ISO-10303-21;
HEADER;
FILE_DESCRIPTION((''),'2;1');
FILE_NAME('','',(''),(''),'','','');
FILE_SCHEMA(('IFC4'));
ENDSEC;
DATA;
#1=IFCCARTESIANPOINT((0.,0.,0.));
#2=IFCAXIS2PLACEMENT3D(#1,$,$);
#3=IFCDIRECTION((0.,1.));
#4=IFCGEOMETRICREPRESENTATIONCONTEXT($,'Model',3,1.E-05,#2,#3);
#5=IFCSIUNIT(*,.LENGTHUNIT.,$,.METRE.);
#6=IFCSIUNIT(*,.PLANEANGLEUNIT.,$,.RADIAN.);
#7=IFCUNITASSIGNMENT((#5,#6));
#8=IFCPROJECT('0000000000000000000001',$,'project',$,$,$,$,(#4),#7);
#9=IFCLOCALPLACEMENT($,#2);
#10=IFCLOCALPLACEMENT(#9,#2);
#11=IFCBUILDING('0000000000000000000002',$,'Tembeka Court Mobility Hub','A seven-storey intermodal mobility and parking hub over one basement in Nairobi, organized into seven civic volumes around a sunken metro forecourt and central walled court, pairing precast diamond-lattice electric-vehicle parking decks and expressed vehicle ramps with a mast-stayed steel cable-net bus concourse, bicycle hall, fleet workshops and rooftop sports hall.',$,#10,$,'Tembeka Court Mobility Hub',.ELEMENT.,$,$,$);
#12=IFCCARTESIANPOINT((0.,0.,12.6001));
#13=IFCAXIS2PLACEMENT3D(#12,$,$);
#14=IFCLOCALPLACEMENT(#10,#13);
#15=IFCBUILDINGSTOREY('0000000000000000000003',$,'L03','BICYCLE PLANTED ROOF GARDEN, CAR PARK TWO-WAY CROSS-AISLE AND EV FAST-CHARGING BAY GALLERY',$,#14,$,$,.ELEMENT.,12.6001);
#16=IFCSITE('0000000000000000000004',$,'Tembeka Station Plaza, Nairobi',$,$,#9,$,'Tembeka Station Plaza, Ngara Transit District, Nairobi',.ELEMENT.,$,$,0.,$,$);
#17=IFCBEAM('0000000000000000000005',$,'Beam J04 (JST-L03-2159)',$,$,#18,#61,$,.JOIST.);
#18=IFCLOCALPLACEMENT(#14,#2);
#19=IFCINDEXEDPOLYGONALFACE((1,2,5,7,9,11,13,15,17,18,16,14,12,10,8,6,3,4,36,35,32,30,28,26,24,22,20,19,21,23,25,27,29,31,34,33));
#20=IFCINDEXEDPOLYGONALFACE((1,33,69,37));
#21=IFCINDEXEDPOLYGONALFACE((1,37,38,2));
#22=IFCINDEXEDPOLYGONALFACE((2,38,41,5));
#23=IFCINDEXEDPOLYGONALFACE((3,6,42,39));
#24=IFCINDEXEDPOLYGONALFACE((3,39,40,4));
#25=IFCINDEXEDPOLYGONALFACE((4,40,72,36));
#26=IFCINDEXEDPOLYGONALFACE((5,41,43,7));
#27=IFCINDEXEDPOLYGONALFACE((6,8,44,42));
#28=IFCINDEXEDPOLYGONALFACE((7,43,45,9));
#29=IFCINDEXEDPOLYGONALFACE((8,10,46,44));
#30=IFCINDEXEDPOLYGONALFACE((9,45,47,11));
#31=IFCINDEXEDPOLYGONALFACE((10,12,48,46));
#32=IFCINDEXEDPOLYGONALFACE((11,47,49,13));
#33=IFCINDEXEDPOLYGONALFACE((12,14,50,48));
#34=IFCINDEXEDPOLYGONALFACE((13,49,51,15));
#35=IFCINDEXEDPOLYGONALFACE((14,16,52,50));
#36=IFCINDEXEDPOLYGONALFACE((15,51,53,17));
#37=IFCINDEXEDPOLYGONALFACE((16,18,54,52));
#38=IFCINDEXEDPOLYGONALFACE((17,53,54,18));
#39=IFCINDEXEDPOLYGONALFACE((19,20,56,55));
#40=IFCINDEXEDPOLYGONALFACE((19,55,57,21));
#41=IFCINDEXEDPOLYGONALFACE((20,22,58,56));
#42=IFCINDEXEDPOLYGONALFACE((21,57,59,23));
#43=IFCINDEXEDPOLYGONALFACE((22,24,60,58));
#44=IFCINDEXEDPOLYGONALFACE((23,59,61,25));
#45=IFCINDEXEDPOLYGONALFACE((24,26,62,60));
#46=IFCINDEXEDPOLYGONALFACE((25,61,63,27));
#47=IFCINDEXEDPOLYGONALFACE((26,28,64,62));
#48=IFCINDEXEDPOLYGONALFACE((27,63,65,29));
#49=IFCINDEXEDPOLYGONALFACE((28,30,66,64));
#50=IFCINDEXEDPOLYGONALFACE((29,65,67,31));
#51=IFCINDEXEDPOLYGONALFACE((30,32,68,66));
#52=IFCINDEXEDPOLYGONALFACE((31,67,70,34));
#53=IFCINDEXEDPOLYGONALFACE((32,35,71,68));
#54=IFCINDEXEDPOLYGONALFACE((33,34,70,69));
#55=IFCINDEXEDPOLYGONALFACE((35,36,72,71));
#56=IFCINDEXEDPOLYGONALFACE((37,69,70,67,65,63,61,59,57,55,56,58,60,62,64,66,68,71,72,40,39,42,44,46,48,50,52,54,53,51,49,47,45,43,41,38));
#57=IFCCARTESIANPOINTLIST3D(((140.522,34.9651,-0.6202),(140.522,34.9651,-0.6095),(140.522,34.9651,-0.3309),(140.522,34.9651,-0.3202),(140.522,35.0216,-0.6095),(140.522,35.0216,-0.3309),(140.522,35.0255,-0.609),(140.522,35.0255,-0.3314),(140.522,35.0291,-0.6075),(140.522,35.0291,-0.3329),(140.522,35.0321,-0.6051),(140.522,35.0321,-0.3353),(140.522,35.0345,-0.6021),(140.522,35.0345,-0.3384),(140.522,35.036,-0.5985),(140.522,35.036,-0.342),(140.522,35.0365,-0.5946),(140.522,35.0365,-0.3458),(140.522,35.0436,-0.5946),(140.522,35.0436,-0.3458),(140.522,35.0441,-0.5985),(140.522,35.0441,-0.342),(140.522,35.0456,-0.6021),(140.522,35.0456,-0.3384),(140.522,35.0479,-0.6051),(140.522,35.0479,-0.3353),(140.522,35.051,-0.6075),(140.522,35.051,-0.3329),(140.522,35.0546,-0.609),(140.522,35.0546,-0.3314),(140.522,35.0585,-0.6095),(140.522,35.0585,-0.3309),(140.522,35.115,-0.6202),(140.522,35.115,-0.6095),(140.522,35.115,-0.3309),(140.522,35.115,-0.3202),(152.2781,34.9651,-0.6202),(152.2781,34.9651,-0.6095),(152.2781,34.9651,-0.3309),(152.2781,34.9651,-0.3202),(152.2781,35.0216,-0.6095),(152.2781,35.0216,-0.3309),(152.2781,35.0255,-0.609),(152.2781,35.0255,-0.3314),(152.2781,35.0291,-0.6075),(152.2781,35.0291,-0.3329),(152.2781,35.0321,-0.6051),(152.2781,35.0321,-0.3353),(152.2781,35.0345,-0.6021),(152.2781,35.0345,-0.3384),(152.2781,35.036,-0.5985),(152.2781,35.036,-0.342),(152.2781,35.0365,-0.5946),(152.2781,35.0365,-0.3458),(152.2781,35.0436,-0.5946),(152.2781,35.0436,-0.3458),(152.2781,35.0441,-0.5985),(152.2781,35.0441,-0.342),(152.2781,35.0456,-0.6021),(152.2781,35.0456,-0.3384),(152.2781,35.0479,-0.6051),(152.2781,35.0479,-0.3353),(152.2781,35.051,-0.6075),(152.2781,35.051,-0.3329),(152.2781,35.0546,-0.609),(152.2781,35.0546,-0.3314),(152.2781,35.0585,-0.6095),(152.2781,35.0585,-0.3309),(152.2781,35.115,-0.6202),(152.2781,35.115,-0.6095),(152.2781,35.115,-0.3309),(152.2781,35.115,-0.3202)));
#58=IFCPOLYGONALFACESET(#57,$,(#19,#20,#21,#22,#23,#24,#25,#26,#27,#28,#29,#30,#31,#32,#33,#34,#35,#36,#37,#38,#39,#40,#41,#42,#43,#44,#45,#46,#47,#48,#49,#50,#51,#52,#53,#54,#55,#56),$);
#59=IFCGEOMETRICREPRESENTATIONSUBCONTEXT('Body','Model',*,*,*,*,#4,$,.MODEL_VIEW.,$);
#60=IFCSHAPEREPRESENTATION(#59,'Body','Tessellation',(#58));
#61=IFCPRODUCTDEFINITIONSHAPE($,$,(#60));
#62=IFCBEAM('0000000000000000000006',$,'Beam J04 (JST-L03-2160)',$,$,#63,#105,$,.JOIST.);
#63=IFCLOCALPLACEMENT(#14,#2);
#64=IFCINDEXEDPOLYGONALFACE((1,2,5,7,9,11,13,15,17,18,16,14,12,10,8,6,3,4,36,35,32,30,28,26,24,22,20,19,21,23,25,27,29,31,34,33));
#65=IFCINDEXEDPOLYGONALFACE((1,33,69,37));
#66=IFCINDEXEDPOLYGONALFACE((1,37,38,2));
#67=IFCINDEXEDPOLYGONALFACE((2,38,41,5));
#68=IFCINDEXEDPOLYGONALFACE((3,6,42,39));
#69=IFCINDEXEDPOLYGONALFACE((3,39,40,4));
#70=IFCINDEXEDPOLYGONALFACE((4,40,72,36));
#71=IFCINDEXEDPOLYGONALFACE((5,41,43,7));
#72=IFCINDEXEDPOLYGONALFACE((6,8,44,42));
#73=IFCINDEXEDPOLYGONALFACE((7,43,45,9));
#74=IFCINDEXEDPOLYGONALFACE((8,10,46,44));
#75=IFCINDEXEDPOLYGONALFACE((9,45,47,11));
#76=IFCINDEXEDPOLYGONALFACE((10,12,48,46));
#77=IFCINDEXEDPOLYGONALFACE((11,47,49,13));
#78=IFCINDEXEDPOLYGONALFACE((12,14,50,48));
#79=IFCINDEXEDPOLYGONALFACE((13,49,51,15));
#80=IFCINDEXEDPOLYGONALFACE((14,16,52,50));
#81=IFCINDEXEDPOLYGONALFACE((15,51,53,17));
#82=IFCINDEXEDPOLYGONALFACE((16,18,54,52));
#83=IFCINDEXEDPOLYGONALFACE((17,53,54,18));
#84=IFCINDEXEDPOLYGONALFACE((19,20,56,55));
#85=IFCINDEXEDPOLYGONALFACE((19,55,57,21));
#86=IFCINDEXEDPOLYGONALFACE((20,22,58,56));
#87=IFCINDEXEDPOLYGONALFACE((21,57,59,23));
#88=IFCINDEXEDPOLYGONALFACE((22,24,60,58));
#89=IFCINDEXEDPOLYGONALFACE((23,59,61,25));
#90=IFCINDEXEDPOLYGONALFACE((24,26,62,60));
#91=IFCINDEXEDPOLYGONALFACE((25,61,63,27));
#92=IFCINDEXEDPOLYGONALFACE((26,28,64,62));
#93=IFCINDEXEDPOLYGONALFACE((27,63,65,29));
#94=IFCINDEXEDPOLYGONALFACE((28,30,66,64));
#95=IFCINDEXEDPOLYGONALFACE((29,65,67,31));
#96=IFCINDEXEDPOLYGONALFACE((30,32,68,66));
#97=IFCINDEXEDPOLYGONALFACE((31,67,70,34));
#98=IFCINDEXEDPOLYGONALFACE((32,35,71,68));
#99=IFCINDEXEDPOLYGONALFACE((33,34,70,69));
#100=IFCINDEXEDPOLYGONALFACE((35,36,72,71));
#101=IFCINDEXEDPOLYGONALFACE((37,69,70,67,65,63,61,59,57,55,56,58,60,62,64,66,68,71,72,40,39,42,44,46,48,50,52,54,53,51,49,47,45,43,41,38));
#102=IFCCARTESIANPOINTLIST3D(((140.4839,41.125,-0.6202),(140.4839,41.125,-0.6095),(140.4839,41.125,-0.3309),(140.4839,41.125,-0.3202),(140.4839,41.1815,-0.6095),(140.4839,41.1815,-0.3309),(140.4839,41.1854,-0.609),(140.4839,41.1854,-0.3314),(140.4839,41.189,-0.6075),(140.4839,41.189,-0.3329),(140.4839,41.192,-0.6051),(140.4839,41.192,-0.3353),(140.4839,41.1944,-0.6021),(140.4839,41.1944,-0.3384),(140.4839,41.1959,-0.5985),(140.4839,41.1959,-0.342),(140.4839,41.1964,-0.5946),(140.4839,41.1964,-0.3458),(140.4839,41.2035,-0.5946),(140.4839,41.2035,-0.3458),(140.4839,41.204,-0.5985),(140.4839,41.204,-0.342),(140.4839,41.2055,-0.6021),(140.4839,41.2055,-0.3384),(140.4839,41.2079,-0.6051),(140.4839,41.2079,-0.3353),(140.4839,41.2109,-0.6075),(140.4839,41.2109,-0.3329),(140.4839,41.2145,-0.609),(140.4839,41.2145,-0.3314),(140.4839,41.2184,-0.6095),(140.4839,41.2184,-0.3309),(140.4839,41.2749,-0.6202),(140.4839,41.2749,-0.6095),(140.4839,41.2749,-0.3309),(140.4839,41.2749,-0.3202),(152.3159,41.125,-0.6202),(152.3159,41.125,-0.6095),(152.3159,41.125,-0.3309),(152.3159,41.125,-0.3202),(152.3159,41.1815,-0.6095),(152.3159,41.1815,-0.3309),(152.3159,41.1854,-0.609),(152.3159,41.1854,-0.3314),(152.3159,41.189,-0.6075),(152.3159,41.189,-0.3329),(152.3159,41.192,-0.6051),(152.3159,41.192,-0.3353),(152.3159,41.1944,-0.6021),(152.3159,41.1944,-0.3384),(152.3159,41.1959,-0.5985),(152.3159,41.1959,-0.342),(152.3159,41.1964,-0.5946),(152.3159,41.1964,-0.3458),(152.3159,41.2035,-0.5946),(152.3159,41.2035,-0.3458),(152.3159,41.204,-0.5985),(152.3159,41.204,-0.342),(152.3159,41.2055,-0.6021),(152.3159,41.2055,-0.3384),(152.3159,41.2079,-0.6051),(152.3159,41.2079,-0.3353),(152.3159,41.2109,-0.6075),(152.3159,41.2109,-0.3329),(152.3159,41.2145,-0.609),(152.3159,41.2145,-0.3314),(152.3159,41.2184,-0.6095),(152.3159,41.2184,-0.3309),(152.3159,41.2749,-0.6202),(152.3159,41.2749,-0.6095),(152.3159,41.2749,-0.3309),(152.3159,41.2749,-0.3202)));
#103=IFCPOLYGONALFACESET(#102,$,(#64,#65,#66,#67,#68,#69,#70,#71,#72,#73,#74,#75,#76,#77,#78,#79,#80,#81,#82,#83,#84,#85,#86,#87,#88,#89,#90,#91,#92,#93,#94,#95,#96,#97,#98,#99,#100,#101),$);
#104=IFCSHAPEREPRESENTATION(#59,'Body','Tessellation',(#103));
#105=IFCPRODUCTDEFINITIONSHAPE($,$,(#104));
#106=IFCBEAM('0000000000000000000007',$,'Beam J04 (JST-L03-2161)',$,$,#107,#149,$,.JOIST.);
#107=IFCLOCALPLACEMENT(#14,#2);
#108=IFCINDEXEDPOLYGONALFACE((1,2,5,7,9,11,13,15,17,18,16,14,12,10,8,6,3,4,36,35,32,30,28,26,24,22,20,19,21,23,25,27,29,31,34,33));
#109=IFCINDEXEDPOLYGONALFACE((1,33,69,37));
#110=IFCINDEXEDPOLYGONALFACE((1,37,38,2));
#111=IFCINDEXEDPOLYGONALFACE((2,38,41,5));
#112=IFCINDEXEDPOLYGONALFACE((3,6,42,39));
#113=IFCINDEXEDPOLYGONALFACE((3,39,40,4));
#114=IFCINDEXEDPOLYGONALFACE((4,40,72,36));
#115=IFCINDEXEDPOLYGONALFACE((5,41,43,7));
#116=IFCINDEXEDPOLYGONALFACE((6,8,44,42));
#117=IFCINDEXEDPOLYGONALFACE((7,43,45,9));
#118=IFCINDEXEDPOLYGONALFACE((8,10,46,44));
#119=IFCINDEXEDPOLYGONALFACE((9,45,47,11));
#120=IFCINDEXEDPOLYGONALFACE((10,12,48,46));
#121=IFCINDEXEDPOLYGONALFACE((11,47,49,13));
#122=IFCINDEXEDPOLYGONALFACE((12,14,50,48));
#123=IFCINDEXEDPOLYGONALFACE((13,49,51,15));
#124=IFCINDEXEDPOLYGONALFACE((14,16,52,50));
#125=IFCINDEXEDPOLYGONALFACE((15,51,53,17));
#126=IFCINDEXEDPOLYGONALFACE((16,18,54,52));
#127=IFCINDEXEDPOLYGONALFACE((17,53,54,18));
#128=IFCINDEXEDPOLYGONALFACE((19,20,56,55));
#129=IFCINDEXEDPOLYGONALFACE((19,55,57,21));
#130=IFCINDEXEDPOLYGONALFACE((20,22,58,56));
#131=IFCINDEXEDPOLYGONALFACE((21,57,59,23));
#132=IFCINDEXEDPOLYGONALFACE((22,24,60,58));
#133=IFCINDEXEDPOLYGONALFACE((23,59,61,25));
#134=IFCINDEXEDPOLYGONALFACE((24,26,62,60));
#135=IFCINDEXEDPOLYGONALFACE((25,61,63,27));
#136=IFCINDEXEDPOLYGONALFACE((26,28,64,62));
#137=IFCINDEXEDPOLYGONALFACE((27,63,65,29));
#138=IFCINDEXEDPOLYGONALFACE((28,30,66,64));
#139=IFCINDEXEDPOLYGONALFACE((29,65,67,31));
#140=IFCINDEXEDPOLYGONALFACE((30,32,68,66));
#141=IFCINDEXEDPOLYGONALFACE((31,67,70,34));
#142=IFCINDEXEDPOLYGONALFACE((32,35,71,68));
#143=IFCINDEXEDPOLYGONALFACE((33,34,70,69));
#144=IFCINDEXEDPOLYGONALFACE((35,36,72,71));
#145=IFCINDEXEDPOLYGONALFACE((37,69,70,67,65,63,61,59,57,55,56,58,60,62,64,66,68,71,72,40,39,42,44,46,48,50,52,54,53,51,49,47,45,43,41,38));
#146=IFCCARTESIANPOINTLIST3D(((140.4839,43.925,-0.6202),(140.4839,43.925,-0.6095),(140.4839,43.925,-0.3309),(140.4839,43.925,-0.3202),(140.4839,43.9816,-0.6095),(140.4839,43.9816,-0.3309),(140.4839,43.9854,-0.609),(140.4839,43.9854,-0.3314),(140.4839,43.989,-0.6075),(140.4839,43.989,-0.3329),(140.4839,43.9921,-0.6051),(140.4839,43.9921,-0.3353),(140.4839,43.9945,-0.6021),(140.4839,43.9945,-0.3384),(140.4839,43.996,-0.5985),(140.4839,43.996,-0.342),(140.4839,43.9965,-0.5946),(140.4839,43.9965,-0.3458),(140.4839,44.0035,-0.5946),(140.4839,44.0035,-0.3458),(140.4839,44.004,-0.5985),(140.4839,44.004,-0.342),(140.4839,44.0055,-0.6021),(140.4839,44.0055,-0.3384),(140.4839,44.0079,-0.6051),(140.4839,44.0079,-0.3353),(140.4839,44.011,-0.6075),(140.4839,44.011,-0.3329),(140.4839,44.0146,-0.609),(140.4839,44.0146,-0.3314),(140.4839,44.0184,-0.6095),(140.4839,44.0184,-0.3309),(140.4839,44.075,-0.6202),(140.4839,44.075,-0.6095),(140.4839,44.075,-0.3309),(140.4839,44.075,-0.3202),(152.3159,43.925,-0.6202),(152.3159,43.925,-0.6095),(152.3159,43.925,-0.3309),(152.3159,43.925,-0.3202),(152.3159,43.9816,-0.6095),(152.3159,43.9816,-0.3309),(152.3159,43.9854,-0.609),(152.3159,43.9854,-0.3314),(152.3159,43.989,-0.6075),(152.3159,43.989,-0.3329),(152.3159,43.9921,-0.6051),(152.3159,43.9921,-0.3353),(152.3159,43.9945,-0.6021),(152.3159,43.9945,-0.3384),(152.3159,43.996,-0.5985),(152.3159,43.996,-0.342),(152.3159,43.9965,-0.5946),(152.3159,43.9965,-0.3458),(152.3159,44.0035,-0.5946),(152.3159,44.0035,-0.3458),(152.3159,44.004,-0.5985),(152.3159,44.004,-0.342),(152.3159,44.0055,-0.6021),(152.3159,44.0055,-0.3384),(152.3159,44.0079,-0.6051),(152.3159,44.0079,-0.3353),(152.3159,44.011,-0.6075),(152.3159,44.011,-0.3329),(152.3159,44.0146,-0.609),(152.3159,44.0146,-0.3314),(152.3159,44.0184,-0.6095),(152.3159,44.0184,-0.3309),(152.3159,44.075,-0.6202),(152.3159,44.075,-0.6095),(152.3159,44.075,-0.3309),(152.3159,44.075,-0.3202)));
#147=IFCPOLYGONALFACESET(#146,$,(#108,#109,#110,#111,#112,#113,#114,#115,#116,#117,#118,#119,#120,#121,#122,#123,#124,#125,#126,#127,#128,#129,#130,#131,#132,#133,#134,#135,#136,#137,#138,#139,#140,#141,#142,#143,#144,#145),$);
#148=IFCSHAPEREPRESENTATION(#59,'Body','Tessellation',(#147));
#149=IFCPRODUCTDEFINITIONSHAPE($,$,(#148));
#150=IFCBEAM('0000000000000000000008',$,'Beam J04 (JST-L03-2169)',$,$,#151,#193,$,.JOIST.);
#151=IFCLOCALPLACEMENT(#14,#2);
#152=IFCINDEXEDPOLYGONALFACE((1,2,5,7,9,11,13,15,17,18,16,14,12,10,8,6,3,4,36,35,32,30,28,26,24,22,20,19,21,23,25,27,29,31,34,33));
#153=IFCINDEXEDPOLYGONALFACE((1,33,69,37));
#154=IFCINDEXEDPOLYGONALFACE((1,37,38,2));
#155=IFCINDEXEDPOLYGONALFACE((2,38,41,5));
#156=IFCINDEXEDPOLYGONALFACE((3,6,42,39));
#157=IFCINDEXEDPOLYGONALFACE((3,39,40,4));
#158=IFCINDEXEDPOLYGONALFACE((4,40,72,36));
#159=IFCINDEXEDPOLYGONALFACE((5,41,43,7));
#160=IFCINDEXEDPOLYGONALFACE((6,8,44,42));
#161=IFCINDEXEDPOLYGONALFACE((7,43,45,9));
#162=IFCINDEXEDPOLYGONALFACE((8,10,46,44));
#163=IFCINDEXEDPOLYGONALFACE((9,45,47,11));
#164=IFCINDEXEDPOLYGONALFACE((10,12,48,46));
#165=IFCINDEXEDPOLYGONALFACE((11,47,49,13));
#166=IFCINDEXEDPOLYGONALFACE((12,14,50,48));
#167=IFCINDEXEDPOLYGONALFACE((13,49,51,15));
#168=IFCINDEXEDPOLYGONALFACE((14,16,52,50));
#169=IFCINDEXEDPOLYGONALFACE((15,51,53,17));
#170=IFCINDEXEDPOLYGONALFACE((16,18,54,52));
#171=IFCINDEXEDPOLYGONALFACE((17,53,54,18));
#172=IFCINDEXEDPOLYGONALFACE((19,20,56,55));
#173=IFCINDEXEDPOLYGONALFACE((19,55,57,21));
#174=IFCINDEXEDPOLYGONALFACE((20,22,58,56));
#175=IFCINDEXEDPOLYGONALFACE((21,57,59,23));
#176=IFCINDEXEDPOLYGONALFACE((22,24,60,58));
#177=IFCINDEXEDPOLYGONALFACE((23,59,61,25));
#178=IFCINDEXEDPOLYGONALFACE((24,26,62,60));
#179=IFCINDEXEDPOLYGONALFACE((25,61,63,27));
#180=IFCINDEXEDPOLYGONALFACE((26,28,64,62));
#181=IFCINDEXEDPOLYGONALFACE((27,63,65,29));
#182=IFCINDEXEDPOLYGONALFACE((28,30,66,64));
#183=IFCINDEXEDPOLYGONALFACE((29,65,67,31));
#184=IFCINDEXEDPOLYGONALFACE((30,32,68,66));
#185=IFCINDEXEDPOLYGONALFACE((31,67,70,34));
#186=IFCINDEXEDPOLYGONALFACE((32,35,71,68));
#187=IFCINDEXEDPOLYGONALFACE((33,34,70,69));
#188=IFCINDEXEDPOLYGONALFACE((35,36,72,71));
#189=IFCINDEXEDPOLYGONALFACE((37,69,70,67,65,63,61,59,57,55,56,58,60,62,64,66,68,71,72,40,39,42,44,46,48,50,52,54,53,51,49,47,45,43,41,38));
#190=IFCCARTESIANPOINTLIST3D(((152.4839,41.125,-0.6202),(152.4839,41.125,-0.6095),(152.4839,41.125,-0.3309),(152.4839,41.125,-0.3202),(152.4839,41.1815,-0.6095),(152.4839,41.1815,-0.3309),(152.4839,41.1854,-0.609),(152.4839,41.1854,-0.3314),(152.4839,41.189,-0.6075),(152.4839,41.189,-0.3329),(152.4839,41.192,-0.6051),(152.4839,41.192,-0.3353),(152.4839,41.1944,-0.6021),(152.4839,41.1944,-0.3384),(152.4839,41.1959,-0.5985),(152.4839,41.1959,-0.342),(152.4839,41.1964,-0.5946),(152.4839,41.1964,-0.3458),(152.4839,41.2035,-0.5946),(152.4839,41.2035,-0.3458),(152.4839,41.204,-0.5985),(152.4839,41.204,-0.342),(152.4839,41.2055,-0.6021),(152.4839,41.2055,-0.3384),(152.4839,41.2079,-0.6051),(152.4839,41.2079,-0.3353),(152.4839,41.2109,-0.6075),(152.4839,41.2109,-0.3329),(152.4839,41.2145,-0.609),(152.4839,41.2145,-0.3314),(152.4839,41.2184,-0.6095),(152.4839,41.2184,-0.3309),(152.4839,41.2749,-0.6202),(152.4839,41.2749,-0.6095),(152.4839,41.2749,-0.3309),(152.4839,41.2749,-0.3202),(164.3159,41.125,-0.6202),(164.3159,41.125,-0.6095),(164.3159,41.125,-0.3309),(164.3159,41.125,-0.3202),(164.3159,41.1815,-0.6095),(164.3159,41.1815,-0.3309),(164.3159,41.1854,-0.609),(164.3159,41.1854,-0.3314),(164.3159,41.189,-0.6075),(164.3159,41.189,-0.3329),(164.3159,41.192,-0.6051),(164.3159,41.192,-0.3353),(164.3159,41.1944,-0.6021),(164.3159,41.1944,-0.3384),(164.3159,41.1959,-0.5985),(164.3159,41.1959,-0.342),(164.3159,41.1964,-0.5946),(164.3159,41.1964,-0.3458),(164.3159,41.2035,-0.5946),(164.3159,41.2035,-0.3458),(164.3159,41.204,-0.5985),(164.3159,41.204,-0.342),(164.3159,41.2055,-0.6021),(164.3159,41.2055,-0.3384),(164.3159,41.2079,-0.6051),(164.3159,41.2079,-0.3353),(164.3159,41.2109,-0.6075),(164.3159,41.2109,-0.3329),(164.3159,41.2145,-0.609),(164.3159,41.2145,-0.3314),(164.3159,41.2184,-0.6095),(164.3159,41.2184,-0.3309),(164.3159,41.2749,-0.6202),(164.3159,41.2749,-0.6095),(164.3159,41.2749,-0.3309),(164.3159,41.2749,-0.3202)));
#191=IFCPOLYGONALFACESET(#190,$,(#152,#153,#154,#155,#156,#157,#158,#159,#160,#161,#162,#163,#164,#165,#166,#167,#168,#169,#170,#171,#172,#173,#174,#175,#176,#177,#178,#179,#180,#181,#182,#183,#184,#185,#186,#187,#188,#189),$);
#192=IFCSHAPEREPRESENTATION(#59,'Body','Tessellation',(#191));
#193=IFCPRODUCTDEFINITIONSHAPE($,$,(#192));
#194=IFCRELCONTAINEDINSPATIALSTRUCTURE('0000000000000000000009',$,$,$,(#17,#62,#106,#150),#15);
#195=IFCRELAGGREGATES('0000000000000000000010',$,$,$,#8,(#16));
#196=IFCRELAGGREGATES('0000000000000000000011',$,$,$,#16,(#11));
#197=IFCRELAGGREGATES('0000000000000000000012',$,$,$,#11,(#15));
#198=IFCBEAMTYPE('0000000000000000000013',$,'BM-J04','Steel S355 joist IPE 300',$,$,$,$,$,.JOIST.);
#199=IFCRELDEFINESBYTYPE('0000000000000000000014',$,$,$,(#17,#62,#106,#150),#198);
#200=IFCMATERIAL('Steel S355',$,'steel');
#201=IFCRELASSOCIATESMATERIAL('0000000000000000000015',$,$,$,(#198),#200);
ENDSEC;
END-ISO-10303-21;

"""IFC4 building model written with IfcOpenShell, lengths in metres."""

from ifc_helpers import new_model, si_unit, direction, frame, origin, origin_2d, place, context, subcontext, project, spatial, i_section, extrude, material, material_profile, profile_set, type_object, element, save


model = new_model("IFC4")

# Units and contexts
model_context = context("Model", 3, precision=1e-05, world=origin(), true_north=direction((0.0, 1.0)))
body_context = subcontext(model_context, "Body", "Model", "MODEL_VIEW")
ifc_project = project(units=[si_unit("LENGTHUNIT", "METRE"), si_unit("PLANEANGLEUNIT", "RADIAN")], contexts=[model_context])

# Site, building, storey
site_placement = place(None, origin())
site = spatial("IfcSite", under=ifc_project, at=site_placement, Name="Tembeka Station Plaza, Nairobi", LongName="Tembeka Station Plaza, Ngara Transit District, Nairobi", CompositionType="ELEMENT", RefElevation=0.0)
building_placement = place(site_placement, origin())
building = spatial("IfcBuilding", under=site, at=building_placement, Name="Tembeka Court Mobility Hub", Description="A seven-storey intermodal mobility and parking hub over one basement in Nairobi, organized into seven civic volumes around a sunken metro forecourt and central walled court, pairing precast diamond-lattice electric-vehicle parking decks and expressed vehicle ramps with a mast-stayed steel cable-net bus concourse, bicycle hall, fleet workshops and rooftop sports hall.", LongName="Tembeka Court Mobility Hub", CompositionType="ELEMENT")
storey_placement = place(building_placement, frame((0.0, 0.0, 12.6001)))
storey = spatial("IfcBuildingStorey", under=building, at=storey_placement, Name="L03", Description="BICYCLE PLANTED ROOF GARDEN, CAR PARK TWO-WAY CROSS-AISLE AND EV FAST-CHARGING BAY GALLERY", CompositionType="ELEMENT", Elevation=12.6001)

# Shared definitions
ifc_material_1 = material(Name="Steel S355", Category="steel")

# Beams
ifc_material_profile_1 = material_profile(ifc_material_1, i_section(OverallWidth=0.1499, OverallDepth=0.3, WebThickness=0.0071, FlangeThickness=0.0107, FilletRadius=0.0149, at=origin_2d()), Name="IPE 300")
ifc_profile_set_1 = profile_set([ifc_material_profile_1], Name="Steel S355")
beam_type_1 = type_object("IfcBeamType", Name="BM-J04", Description="Steel S355 joist IPE 300", PredefinedType="JOIST", material=ifc_profile_set_1)
beam_1_placement = place(storey_placement, frame((140.522, 35.04, -0.4702), z_axis=(1.0, 0.0, 0.0), x_axis=(0.0, 1.0, 0.0)))
element("IfcBeam", 1, at=beam_1_placement, inside=storey, type_object=beam_type_1, Name="Beam J04 (JST-L03-2159)", PredefinedType="JOIST", context=body_context, shape_type="SweptSolid", body=[
    extrude(i_section(OverallWidth=0.1499, OverallDepth=0.3, WebThickness=0.0071, FlangeThickness=0.0107, FilletRadius=0.0149, at=origin_2d()), origin(), (0.0, 0.0, 1.0), 11.7561),
])
for number, where, z_axis, x_axis, name in (
    (2, (140.4839, 41.2, -0.4702), (1.0, 0.0, 0.0), (0.0, 1.0, 0.0), "Beam J04 (JST-L03-2160)"),
    (3, (140.4839, 44.0, -0.4702), (1.0, 0.0, 0.0), (0.0, 1.0, 0.0), "Beam J04 (JST-L03-2161)"),
    (4, (152.4839, 41.2, -0.4702), (1.0, 0.0, 0.0), (0.0, 1.0, 0.0), "Beam J04 (JST-L03-2169)"),
):
    element("IfcBeam", number, at=place(storey_placement, frame(where, z_axis=z_axis, x_axis=x_axis)), inside=storey, type_object=beam_type_1, Name=name, PredefinedType="JOIST", context=body_context, shape_type="SweptSolid", body=[
        extrude(i_section(OverallWidth=0.1499, OverallDepth=0.3, WebThickness=0.0071, FlangeThickness=0.0107, FilletRadius=0.0149, at=origin_2d()), origin(), (0.0, 0.0, 1.0), 11.832),
    ])

save(model, "model.ifc")
